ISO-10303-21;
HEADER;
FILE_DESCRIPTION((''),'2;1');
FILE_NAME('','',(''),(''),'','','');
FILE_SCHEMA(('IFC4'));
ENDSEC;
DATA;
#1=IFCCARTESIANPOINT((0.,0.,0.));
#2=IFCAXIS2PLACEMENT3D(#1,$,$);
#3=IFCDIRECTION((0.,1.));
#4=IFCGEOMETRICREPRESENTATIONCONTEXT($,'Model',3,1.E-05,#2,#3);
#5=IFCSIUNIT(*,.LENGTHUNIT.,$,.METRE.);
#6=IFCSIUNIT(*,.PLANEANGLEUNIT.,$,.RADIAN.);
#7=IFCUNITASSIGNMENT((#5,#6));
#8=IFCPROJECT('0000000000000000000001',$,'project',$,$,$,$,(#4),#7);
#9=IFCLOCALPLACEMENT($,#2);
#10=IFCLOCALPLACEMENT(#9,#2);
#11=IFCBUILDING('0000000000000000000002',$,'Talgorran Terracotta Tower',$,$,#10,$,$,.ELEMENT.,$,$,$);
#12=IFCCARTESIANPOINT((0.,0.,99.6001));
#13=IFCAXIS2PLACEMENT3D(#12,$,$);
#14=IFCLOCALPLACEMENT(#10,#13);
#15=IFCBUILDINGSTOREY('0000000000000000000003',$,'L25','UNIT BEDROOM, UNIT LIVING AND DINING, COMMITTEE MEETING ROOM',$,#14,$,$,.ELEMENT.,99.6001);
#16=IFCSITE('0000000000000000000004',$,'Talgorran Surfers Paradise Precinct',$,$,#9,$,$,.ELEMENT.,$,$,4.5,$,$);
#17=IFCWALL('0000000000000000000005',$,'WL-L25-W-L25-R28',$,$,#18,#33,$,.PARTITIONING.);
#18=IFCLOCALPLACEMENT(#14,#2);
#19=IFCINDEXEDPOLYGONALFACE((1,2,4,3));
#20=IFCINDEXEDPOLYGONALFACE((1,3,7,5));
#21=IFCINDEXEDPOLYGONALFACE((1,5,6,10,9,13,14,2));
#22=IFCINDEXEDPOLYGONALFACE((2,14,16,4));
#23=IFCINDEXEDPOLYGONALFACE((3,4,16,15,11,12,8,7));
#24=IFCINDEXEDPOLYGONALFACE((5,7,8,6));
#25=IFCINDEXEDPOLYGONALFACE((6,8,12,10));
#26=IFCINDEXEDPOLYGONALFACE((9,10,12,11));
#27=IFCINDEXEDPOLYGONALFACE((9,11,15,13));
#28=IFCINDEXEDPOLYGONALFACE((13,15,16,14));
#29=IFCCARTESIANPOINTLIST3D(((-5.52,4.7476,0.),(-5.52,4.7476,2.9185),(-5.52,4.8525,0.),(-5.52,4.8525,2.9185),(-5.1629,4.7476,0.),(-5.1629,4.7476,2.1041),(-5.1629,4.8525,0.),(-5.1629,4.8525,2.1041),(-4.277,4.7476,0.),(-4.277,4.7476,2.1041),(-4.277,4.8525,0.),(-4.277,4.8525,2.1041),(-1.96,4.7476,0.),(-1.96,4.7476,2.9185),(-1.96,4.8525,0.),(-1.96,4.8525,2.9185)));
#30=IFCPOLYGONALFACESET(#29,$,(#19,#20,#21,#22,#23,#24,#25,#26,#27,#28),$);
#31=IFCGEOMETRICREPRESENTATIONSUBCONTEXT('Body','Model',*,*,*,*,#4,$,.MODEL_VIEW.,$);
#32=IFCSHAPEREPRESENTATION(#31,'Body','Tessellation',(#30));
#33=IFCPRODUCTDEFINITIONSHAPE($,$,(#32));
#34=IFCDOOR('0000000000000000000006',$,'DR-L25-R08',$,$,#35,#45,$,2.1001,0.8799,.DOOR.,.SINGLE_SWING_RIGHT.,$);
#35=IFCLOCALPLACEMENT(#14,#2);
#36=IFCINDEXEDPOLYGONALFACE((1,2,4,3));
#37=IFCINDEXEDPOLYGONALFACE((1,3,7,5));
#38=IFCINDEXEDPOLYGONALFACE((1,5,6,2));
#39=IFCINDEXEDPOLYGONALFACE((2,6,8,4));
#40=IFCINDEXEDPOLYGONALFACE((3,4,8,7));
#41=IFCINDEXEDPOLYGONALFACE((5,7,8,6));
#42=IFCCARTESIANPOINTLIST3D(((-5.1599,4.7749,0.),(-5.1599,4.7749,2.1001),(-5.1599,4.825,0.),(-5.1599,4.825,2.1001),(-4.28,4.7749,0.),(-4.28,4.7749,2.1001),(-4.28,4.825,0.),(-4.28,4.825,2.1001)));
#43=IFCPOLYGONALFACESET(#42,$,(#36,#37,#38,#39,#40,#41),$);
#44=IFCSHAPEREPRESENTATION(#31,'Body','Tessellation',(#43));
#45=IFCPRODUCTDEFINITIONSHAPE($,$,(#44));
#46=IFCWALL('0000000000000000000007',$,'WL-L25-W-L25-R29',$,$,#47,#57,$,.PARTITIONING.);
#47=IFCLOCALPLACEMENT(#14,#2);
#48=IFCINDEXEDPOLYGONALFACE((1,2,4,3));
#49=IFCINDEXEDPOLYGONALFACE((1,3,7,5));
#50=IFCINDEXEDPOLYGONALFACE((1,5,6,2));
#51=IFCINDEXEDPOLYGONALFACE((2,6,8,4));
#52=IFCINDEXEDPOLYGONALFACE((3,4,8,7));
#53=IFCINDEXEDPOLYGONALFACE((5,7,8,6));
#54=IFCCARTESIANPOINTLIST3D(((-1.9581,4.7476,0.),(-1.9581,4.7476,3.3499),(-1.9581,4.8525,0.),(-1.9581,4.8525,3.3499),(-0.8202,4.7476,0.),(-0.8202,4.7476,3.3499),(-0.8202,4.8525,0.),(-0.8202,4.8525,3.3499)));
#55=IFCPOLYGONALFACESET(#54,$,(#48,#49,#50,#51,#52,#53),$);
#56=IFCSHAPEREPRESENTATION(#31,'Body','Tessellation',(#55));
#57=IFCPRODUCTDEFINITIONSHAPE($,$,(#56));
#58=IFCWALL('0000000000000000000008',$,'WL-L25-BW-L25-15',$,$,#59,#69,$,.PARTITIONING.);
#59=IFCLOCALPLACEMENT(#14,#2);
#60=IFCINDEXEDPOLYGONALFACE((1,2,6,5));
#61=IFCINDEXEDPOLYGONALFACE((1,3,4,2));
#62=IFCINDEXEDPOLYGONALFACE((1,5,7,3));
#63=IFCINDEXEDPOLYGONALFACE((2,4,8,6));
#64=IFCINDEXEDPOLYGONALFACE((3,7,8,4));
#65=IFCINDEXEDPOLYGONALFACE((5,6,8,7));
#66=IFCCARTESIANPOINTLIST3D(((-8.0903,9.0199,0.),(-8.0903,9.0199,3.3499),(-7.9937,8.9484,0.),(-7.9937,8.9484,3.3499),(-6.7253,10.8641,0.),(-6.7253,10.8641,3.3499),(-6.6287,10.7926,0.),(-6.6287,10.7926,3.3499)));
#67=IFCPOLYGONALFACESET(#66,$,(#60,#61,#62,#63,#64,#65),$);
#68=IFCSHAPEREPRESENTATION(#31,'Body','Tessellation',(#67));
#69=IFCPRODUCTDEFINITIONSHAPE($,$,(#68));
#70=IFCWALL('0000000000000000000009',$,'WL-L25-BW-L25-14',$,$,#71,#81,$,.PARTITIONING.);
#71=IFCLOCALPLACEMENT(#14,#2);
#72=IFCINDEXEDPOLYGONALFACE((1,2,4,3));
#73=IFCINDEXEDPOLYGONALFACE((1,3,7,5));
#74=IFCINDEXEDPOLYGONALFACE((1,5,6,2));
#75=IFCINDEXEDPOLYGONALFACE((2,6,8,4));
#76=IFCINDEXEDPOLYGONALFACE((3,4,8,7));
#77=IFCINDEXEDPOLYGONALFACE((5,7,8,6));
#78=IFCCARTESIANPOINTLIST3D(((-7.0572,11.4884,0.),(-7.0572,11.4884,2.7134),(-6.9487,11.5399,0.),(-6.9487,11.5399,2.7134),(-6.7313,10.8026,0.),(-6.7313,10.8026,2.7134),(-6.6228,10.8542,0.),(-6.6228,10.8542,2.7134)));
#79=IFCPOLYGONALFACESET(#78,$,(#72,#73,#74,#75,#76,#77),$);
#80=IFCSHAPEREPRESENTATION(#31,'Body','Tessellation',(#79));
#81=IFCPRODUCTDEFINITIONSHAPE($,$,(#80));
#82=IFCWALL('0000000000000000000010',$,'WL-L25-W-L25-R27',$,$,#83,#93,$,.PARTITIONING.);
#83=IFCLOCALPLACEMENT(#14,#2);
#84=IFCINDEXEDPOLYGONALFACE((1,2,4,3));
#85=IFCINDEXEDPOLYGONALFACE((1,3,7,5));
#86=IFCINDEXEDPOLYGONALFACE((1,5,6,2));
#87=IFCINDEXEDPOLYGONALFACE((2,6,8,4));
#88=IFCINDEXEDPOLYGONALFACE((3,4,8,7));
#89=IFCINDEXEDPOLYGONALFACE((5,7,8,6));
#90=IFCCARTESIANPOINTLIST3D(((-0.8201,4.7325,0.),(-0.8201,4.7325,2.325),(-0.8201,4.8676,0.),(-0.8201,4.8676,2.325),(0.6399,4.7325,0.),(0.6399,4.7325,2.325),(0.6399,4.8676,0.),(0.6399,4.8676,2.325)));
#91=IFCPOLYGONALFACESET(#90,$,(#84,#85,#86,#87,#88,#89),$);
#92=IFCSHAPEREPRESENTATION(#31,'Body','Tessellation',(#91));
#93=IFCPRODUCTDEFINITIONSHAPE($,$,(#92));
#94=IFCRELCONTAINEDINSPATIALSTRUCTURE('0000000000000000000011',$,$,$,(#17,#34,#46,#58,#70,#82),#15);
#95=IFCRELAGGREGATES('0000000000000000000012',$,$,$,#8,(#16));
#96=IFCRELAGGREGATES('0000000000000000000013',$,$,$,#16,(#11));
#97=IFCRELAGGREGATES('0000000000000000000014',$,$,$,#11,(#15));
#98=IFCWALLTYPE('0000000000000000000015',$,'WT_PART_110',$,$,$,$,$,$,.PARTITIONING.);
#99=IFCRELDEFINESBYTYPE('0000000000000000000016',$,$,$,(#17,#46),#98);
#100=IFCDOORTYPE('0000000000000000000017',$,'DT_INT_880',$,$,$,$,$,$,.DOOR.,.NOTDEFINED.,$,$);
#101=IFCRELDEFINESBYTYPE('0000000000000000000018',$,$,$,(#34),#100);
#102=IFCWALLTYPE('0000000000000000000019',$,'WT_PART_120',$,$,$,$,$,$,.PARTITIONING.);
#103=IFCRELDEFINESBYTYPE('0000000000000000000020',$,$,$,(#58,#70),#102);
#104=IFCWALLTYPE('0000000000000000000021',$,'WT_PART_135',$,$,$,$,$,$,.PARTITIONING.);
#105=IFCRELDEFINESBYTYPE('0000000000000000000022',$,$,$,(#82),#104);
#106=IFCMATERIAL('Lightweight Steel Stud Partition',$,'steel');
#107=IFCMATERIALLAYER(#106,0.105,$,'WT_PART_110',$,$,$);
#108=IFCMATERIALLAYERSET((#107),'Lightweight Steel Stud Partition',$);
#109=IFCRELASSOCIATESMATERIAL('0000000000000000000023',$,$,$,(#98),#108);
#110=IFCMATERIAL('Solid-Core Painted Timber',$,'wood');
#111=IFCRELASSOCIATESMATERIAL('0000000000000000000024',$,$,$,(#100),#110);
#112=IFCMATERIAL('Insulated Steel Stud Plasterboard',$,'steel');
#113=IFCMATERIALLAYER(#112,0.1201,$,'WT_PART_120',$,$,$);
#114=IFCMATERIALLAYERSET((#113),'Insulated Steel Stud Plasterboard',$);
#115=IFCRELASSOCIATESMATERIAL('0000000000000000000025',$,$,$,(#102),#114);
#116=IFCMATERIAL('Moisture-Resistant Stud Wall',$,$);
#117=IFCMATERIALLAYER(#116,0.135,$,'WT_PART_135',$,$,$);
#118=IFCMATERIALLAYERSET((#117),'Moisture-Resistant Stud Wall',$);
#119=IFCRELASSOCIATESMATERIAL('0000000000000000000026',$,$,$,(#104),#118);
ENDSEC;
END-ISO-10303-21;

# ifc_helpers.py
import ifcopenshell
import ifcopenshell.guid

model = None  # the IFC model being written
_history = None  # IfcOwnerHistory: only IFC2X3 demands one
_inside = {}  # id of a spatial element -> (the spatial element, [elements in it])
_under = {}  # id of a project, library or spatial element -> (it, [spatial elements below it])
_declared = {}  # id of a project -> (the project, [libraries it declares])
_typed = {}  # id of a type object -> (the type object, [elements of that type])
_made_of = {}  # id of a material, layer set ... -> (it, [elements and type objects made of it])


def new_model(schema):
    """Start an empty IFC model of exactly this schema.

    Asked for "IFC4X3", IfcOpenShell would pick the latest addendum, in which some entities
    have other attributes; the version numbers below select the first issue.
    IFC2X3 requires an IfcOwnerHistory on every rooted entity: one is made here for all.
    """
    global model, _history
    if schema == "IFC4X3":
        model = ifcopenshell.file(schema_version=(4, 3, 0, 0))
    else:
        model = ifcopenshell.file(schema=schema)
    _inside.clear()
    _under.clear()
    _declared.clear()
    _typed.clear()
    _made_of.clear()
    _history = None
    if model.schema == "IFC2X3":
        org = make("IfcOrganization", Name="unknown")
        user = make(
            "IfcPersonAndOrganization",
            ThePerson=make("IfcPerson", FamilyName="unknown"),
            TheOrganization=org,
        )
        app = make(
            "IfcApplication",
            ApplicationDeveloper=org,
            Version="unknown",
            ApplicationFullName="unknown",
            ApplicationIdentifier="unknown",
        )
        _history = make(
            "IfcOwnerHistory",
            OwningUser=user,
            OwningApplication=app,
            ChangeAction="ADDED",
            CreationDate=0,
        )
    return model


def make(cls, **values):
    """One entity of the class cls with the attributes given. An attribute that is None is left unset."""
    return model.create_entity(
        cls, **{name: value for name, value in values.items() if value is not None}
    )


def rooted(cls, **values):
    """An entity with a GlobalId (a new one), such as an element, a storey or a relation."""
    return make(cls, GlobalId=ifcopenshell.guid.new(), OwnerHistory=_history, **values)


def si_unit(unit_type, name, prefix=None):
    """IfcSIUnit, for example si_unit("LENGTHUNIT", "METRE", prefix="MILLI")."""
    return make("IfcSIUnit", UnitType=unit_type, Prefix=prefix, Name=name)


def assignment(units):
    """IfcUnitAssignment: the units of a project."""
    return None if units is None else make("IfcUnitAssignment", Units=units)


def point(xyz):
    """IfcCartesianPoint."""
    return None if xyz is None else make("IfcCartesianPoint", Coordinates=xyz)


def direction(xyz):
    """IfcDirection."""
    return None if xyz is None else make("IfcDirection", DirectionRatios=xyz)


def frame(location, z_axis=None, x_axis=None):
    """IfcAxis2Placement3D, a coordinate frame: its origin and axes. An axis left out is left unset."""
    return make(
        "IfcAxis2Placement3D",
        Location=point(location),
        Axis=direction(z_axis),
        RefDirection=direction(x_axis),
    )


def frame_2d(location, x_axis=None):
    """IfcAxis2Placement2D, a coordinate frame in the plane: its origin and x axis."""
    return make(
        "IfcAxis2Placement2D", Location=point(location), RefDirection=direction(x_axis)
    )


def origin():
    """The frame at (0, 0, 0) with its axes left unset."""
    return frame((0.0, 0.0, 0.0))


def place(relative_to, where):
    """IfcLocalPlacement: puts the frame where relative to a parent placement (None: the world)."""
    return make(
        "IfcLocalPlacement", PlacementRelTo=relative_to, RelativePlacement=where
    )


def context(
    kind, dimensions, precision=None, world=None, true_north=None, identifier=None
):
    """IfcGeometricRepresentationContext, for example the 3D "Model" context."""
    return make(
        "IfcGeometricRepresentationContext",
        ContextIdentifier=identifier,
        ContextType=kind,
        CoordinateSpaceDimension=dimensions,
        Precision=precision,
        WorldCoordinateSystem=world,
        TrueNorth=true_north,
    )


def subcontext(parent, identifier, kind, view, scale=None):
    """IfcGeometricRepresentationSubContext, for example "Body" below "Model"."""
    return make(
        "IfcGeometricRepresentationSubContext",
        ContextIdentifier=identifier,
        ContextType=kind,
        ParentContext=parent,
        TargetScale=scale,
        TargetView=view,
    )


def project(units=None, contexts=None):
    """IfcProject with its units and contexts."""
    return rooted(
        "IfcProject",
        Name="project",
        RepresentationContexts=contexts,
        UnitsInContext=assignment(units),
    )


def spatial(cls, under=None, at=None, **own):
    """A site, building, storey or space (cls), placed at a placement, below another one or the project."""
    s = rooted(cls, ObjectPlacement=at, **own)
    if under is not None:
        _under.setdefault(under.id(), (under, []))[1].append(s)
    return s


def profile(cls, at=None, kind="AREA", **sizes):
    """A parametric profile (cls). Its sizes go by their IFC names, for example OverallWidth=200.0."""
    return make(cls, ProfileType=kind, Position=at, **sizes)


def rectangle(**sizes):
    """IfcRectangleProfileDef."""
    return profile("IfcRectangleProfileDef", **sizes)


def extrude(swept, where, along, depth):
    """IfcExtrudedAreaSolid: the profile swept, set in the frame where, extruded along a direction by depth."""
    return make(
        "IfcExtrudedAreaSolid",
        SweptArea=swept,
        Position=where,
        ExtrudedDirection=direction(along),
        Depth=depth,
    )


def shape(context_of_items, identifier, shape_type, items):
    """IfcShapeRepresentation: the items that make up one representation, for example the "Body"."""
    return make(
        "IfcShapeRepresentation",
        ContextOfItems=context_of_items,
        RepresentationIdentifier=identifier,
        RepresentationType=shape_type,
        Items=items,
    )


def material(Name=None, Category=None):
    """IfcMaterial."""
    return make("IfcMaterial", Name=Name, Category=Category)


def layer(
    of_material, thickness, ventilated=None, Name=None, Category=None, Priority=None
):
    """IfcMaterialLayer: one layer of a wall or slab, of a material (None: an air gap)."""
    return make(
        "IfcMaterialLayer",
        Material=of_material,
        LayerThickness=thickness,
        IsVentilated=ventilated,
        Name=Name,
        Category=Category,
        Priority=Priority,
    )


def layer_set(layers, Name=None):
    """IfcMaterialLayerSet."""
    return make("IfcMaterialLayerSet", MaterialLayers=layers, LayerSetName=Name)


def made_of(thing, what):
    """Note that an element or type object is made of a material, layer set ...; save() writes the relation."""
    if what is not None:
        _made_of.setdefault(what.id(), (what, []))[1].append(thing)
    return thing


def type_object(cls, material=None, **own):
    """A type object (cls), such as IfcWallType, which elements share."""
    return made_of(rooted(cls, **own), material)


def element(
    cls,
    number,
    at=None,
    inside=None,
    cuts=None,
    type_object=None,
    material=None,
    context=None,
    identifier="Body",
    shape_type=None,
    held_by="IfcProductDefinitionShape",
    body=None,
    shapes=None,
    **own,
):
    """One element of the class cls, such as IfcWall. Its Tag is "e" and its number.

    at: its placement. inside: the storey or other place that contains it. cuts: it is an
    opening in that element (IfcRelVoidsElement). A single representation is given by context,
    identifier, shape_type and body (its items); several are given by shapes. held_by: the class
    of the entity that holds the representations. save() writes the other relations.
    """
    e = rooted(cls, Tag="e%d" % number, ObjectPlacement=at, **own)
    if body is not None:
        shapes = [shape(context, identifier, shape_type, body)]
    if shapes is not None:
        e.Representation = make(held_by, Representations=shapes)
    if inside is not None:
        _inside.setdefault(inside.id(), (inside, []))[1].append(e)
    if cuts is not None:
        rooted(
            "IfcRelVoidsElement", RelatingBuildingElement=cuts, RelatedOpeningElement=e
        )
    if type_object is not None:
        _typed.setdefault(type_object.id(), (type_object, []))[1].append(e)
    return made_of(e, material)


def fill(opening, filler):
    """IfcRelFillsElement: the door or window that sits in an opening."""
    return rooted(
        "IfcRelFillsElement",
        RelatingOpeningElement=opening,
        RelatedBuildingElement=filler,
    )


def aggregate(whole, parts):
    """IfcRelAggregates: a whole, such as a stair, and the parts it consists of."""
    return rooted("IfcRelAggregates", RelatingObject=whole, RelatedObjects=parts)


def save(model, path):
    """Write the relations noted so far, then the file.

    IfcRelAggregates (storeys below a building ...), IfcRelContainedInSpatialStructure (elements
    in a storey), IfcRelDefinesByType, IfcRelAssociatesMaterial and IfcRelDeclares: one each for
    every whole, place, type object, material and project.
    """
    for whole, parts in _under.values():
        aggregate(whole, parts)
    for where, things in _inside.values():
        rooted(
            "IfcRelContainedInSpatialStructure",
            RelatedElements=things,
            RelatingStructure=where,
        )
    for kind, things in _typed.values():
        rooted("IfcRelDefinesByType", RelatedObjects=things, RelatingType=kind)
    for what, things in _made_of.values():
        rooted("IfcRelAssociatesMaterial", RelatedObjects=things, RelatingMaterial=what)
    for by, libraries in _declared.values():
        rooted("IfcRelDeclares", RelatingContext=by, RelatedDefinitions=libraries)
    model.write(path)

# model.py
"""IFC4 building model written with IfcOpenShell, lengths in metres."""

from ifc_helpers import new_model, si_unit, direction, frame, frame_2d, origin, place, context, subcontext, project, spatial, rectangle, extrude, material, layer, layer_set, type_object, element, fill, save


model = new_model("IFC4")

# Units and contexts
model_context = context("Model", 3, precision=1e-05, world=origin(), true_north=direction((0.0, 1.0)))
body_context = subcontext(model_context, "Body", "Model", "MODEL_VIEW")
ifc_project = project(units=[si_unit("LENGTHUNIT", "METRE"), si_unit("PLANEANGLEUNIT", "RADIAN")], contexts=[model_context])

# Site, building, storey
site_placement = place(None, origin())
site = spatial("IfcSite", under=ifc_project, at=site_placement, Name="Talgorran Surfers Paradise Precinct", CompositionType="ELEMENT", RefElevation=4.5)
building_placement = place(site_placement, origin())
building = spatial("IfcBuilding", under=site, at=building_placement, Name="Talgorran Terracotta Tower", CompositionType="ELEMENT")
storey_placement = place(building_placement, frame((0.0, 0.0, 99.6001)))
storey = spatial("IfcBuildingStorey", under=building, at=storey_placement, Name="L25", Description="UNIT BEDROOM, UNIT LIVING AND DINING, COMMITTEE MEETING ROOM", CompositionType="ELEMENT", Elevation=99.6001)

# Wall, opening, door
ifc_material_1 = material(Name="Lightweight Steel Stud Partition", Category="steel")
ifc_layer_1 = layer(ifc_material_1, 0.105, Name="WT_PART_110")
ifc_layer_set_1 = layer_set([ifc_layer_1], Name="Lightweight Steel Stud Partition")
wall_type_1 = type_object("IfcWallType", Name="WT_PART_110", PredefinedType="PARTITIONING", material=ifc_layer_set_1)
ifc_material_2 = material(Name="Solid-Core Painted Timber", Category="wood")
door_type = type_object("IfcDoorType", Name="DT_INT_880", OperationType="NOTDEFINED", PredefinedType="DOOR", material=ifc_material_2)
wall_1_placement = place(storey_placement, frame((-5.52, 4.8, 0.0), z_axis=(0.0, 0.0, 1.0), x_axis=(1.0, 0.0, 0.0)))
wall_1 = element("IfcWall", 1, at=wall_1_placement, inside=storey, type_object=wall_type_1, Name="WL-L25-W-L25-R28", PredefinedType="PARTITIONING", context=body_context, shape_type="SweptSolid", body=[
    extrude(rectangle(XDim=3.5601, YDim=0.105, at=frame_2d((1.78, 0.0))), origin(), (0.0, 0.0, 1.0), 2.9185),
])
opening_1_placement = place(wall_1_placement, frame((0.3601, 0.0, 0.0)))
opening_1 = element("IfcOpeningElement", 2, at=opening_1_placement, cuts=wall_1, PredefinedType="OPENING", context=body_context, shape_type="SweptSolid", body=[
    extrude(rectangle(XDim=0.8859, YDim=2.1041, at=frame_2d((0.4399, 1.052))), frame((0.0, 0.0625, 0.0), z_axis=(0.0, -1.0, 0.0), x_axis=(1.0, 0.0, 0.0)), (0.0, 0.0, 1.0), 0.125),
])
door_1_placement = place(opening_1_placement, origin())
door_1 = element("IfcDoor", 3, at=door_1_placement, inside=storey, type_object=door_type, Name="DR-L25-R08", OperationType="SINGLE_SWING_RIGHT", OverallHeight=2.1001, OverallWidth=0.8799, PredefinedType="DOOR", context=body_context, shape_type="SweptSolid", body=[
    extrude(rectangle(XDim=0.8799, YDim=2.1001, at=frame_2d((0.4399, 1.05))), frame((0.0, 0.0249, 0.0), z_axis=(0.0, -1.0, 0.0), x_axis=(1.0, 0.0, 0.0)), (0.0, 0.0, 1.0), 0.05),
])
fill(opening_1, door_1)

# Walls
wall_2_placement = place(storey_placement, frame((-1.958, 4.8, 0.0), z_axis=(0.0, 0.0, 1.0), x_axis=(1.0, 0.0, 0.0)))
element("IfcWall", 4, at=wall_2_placement, inside=storey, type_object=wall_type_1, Name="WL-L25-W-L25-R29", PredefinedType="PARTITIONING", context=body_context, shape_type="SweptSolid", body=[
    extrude(rectangle(XDim=1.1379, YDim=0.105, at=frame_2d((0.5688, 0.0))), origin(), (0.0, 0.0, 1.0), 3.3499),
])
ifc_material_3 = material(Name="Insulated Steel Stud Plasterboard", Category="steel")
ifc_layer_2 = layer(ifc_material_3, 0.1201, Name="WT_PART_120")
ifc_layer_set_2 = layer_set([ifc_layer_2], Name="Insulated Steel Stud Plasterboard")
wall_type_2 = type_object("IfcWallType", Name="WT_PART_120", PredefinedType="PARTITIONING", material=ifc_layer_set_2)
wall_3_placement = place(storey_placement, frame((-6.677, 10.8284, 0.0), z_axis=(0.0, 0.0, 1.0), x_axis=(-0.594915, -0.803789, 0.0)))
element("IfcWall", 5, at=wall_3_placement, inside=storey, type_object=wall_type_2, Name="WL-L25-BW-L25-15", PredefinedType="PARTITIONING", context=body_context, shape_type="SweptSolid", body=[
    extrude(rectangle(XDim=2.2944, YDim=0.1201, at=frame_2d((1.1472, 0.0))), origin(), (0.0, 0.0, 1.0), 3.3499),
])
wall_4_placement = place(storey_placement, frame((-7.0029, 11.5142, 0.0), z_axis=(0.0, 0.0, 1.0), x_axis=(0.429247, -0.903187, 0.0)))
element("IfcWall", 6, at=wall_4_placement, inside=storey, type_object=wall_type_2, Name="WL-L25-BW-L25-14", PredefinedType="PARTITIONING", context=body_context, shape_type="SweptSolid", body=[
    extrude(rectangle(XDim=0.7593, YDim=0.1201, at=frame_2d((0.3796, 0.0))), origin(), (0.0, 0.0, 1.0), 2.7134),
])
ifc_material_4 = material(Name="Moisture-Resistant Stud Wall")
ifc_layer_3 = layer(ifc_material_4, 0.135, Name="WT_PART_135")
ifc_layer_set_3 = layer_set([ifc_layer_3], Name="Moisture-Resistant Stud Wall")
wall_type_3 = type_object("IfcWallType", Name="WT_PART_135", PredefinedType="PARTITIONING", material=ifc_layer_set_3)
wall_5_placement = place(storey_placement, frame((-0.8201, 4.8, 0.0), z_axis=(0.0, 0.0, 1.0), x_axis=(1.0, 0.0, 0.0)))
element("IfcWall", 7, at=wall_5_placement, inside=storey, type_object=wall_type_3, Name="WL-L25-W-L25-R27", PredefinedType="PARTITIONING", context=body_context, shape_type="SweptSolid", body=[
    extrude(rectangle(XDim=1.46, YDim=0.135, at=frame_2d((0.73, 0.0))), origin(), (0.0, 0.0, 1.0), 2.325),
])

save(model, "model.ifc")
